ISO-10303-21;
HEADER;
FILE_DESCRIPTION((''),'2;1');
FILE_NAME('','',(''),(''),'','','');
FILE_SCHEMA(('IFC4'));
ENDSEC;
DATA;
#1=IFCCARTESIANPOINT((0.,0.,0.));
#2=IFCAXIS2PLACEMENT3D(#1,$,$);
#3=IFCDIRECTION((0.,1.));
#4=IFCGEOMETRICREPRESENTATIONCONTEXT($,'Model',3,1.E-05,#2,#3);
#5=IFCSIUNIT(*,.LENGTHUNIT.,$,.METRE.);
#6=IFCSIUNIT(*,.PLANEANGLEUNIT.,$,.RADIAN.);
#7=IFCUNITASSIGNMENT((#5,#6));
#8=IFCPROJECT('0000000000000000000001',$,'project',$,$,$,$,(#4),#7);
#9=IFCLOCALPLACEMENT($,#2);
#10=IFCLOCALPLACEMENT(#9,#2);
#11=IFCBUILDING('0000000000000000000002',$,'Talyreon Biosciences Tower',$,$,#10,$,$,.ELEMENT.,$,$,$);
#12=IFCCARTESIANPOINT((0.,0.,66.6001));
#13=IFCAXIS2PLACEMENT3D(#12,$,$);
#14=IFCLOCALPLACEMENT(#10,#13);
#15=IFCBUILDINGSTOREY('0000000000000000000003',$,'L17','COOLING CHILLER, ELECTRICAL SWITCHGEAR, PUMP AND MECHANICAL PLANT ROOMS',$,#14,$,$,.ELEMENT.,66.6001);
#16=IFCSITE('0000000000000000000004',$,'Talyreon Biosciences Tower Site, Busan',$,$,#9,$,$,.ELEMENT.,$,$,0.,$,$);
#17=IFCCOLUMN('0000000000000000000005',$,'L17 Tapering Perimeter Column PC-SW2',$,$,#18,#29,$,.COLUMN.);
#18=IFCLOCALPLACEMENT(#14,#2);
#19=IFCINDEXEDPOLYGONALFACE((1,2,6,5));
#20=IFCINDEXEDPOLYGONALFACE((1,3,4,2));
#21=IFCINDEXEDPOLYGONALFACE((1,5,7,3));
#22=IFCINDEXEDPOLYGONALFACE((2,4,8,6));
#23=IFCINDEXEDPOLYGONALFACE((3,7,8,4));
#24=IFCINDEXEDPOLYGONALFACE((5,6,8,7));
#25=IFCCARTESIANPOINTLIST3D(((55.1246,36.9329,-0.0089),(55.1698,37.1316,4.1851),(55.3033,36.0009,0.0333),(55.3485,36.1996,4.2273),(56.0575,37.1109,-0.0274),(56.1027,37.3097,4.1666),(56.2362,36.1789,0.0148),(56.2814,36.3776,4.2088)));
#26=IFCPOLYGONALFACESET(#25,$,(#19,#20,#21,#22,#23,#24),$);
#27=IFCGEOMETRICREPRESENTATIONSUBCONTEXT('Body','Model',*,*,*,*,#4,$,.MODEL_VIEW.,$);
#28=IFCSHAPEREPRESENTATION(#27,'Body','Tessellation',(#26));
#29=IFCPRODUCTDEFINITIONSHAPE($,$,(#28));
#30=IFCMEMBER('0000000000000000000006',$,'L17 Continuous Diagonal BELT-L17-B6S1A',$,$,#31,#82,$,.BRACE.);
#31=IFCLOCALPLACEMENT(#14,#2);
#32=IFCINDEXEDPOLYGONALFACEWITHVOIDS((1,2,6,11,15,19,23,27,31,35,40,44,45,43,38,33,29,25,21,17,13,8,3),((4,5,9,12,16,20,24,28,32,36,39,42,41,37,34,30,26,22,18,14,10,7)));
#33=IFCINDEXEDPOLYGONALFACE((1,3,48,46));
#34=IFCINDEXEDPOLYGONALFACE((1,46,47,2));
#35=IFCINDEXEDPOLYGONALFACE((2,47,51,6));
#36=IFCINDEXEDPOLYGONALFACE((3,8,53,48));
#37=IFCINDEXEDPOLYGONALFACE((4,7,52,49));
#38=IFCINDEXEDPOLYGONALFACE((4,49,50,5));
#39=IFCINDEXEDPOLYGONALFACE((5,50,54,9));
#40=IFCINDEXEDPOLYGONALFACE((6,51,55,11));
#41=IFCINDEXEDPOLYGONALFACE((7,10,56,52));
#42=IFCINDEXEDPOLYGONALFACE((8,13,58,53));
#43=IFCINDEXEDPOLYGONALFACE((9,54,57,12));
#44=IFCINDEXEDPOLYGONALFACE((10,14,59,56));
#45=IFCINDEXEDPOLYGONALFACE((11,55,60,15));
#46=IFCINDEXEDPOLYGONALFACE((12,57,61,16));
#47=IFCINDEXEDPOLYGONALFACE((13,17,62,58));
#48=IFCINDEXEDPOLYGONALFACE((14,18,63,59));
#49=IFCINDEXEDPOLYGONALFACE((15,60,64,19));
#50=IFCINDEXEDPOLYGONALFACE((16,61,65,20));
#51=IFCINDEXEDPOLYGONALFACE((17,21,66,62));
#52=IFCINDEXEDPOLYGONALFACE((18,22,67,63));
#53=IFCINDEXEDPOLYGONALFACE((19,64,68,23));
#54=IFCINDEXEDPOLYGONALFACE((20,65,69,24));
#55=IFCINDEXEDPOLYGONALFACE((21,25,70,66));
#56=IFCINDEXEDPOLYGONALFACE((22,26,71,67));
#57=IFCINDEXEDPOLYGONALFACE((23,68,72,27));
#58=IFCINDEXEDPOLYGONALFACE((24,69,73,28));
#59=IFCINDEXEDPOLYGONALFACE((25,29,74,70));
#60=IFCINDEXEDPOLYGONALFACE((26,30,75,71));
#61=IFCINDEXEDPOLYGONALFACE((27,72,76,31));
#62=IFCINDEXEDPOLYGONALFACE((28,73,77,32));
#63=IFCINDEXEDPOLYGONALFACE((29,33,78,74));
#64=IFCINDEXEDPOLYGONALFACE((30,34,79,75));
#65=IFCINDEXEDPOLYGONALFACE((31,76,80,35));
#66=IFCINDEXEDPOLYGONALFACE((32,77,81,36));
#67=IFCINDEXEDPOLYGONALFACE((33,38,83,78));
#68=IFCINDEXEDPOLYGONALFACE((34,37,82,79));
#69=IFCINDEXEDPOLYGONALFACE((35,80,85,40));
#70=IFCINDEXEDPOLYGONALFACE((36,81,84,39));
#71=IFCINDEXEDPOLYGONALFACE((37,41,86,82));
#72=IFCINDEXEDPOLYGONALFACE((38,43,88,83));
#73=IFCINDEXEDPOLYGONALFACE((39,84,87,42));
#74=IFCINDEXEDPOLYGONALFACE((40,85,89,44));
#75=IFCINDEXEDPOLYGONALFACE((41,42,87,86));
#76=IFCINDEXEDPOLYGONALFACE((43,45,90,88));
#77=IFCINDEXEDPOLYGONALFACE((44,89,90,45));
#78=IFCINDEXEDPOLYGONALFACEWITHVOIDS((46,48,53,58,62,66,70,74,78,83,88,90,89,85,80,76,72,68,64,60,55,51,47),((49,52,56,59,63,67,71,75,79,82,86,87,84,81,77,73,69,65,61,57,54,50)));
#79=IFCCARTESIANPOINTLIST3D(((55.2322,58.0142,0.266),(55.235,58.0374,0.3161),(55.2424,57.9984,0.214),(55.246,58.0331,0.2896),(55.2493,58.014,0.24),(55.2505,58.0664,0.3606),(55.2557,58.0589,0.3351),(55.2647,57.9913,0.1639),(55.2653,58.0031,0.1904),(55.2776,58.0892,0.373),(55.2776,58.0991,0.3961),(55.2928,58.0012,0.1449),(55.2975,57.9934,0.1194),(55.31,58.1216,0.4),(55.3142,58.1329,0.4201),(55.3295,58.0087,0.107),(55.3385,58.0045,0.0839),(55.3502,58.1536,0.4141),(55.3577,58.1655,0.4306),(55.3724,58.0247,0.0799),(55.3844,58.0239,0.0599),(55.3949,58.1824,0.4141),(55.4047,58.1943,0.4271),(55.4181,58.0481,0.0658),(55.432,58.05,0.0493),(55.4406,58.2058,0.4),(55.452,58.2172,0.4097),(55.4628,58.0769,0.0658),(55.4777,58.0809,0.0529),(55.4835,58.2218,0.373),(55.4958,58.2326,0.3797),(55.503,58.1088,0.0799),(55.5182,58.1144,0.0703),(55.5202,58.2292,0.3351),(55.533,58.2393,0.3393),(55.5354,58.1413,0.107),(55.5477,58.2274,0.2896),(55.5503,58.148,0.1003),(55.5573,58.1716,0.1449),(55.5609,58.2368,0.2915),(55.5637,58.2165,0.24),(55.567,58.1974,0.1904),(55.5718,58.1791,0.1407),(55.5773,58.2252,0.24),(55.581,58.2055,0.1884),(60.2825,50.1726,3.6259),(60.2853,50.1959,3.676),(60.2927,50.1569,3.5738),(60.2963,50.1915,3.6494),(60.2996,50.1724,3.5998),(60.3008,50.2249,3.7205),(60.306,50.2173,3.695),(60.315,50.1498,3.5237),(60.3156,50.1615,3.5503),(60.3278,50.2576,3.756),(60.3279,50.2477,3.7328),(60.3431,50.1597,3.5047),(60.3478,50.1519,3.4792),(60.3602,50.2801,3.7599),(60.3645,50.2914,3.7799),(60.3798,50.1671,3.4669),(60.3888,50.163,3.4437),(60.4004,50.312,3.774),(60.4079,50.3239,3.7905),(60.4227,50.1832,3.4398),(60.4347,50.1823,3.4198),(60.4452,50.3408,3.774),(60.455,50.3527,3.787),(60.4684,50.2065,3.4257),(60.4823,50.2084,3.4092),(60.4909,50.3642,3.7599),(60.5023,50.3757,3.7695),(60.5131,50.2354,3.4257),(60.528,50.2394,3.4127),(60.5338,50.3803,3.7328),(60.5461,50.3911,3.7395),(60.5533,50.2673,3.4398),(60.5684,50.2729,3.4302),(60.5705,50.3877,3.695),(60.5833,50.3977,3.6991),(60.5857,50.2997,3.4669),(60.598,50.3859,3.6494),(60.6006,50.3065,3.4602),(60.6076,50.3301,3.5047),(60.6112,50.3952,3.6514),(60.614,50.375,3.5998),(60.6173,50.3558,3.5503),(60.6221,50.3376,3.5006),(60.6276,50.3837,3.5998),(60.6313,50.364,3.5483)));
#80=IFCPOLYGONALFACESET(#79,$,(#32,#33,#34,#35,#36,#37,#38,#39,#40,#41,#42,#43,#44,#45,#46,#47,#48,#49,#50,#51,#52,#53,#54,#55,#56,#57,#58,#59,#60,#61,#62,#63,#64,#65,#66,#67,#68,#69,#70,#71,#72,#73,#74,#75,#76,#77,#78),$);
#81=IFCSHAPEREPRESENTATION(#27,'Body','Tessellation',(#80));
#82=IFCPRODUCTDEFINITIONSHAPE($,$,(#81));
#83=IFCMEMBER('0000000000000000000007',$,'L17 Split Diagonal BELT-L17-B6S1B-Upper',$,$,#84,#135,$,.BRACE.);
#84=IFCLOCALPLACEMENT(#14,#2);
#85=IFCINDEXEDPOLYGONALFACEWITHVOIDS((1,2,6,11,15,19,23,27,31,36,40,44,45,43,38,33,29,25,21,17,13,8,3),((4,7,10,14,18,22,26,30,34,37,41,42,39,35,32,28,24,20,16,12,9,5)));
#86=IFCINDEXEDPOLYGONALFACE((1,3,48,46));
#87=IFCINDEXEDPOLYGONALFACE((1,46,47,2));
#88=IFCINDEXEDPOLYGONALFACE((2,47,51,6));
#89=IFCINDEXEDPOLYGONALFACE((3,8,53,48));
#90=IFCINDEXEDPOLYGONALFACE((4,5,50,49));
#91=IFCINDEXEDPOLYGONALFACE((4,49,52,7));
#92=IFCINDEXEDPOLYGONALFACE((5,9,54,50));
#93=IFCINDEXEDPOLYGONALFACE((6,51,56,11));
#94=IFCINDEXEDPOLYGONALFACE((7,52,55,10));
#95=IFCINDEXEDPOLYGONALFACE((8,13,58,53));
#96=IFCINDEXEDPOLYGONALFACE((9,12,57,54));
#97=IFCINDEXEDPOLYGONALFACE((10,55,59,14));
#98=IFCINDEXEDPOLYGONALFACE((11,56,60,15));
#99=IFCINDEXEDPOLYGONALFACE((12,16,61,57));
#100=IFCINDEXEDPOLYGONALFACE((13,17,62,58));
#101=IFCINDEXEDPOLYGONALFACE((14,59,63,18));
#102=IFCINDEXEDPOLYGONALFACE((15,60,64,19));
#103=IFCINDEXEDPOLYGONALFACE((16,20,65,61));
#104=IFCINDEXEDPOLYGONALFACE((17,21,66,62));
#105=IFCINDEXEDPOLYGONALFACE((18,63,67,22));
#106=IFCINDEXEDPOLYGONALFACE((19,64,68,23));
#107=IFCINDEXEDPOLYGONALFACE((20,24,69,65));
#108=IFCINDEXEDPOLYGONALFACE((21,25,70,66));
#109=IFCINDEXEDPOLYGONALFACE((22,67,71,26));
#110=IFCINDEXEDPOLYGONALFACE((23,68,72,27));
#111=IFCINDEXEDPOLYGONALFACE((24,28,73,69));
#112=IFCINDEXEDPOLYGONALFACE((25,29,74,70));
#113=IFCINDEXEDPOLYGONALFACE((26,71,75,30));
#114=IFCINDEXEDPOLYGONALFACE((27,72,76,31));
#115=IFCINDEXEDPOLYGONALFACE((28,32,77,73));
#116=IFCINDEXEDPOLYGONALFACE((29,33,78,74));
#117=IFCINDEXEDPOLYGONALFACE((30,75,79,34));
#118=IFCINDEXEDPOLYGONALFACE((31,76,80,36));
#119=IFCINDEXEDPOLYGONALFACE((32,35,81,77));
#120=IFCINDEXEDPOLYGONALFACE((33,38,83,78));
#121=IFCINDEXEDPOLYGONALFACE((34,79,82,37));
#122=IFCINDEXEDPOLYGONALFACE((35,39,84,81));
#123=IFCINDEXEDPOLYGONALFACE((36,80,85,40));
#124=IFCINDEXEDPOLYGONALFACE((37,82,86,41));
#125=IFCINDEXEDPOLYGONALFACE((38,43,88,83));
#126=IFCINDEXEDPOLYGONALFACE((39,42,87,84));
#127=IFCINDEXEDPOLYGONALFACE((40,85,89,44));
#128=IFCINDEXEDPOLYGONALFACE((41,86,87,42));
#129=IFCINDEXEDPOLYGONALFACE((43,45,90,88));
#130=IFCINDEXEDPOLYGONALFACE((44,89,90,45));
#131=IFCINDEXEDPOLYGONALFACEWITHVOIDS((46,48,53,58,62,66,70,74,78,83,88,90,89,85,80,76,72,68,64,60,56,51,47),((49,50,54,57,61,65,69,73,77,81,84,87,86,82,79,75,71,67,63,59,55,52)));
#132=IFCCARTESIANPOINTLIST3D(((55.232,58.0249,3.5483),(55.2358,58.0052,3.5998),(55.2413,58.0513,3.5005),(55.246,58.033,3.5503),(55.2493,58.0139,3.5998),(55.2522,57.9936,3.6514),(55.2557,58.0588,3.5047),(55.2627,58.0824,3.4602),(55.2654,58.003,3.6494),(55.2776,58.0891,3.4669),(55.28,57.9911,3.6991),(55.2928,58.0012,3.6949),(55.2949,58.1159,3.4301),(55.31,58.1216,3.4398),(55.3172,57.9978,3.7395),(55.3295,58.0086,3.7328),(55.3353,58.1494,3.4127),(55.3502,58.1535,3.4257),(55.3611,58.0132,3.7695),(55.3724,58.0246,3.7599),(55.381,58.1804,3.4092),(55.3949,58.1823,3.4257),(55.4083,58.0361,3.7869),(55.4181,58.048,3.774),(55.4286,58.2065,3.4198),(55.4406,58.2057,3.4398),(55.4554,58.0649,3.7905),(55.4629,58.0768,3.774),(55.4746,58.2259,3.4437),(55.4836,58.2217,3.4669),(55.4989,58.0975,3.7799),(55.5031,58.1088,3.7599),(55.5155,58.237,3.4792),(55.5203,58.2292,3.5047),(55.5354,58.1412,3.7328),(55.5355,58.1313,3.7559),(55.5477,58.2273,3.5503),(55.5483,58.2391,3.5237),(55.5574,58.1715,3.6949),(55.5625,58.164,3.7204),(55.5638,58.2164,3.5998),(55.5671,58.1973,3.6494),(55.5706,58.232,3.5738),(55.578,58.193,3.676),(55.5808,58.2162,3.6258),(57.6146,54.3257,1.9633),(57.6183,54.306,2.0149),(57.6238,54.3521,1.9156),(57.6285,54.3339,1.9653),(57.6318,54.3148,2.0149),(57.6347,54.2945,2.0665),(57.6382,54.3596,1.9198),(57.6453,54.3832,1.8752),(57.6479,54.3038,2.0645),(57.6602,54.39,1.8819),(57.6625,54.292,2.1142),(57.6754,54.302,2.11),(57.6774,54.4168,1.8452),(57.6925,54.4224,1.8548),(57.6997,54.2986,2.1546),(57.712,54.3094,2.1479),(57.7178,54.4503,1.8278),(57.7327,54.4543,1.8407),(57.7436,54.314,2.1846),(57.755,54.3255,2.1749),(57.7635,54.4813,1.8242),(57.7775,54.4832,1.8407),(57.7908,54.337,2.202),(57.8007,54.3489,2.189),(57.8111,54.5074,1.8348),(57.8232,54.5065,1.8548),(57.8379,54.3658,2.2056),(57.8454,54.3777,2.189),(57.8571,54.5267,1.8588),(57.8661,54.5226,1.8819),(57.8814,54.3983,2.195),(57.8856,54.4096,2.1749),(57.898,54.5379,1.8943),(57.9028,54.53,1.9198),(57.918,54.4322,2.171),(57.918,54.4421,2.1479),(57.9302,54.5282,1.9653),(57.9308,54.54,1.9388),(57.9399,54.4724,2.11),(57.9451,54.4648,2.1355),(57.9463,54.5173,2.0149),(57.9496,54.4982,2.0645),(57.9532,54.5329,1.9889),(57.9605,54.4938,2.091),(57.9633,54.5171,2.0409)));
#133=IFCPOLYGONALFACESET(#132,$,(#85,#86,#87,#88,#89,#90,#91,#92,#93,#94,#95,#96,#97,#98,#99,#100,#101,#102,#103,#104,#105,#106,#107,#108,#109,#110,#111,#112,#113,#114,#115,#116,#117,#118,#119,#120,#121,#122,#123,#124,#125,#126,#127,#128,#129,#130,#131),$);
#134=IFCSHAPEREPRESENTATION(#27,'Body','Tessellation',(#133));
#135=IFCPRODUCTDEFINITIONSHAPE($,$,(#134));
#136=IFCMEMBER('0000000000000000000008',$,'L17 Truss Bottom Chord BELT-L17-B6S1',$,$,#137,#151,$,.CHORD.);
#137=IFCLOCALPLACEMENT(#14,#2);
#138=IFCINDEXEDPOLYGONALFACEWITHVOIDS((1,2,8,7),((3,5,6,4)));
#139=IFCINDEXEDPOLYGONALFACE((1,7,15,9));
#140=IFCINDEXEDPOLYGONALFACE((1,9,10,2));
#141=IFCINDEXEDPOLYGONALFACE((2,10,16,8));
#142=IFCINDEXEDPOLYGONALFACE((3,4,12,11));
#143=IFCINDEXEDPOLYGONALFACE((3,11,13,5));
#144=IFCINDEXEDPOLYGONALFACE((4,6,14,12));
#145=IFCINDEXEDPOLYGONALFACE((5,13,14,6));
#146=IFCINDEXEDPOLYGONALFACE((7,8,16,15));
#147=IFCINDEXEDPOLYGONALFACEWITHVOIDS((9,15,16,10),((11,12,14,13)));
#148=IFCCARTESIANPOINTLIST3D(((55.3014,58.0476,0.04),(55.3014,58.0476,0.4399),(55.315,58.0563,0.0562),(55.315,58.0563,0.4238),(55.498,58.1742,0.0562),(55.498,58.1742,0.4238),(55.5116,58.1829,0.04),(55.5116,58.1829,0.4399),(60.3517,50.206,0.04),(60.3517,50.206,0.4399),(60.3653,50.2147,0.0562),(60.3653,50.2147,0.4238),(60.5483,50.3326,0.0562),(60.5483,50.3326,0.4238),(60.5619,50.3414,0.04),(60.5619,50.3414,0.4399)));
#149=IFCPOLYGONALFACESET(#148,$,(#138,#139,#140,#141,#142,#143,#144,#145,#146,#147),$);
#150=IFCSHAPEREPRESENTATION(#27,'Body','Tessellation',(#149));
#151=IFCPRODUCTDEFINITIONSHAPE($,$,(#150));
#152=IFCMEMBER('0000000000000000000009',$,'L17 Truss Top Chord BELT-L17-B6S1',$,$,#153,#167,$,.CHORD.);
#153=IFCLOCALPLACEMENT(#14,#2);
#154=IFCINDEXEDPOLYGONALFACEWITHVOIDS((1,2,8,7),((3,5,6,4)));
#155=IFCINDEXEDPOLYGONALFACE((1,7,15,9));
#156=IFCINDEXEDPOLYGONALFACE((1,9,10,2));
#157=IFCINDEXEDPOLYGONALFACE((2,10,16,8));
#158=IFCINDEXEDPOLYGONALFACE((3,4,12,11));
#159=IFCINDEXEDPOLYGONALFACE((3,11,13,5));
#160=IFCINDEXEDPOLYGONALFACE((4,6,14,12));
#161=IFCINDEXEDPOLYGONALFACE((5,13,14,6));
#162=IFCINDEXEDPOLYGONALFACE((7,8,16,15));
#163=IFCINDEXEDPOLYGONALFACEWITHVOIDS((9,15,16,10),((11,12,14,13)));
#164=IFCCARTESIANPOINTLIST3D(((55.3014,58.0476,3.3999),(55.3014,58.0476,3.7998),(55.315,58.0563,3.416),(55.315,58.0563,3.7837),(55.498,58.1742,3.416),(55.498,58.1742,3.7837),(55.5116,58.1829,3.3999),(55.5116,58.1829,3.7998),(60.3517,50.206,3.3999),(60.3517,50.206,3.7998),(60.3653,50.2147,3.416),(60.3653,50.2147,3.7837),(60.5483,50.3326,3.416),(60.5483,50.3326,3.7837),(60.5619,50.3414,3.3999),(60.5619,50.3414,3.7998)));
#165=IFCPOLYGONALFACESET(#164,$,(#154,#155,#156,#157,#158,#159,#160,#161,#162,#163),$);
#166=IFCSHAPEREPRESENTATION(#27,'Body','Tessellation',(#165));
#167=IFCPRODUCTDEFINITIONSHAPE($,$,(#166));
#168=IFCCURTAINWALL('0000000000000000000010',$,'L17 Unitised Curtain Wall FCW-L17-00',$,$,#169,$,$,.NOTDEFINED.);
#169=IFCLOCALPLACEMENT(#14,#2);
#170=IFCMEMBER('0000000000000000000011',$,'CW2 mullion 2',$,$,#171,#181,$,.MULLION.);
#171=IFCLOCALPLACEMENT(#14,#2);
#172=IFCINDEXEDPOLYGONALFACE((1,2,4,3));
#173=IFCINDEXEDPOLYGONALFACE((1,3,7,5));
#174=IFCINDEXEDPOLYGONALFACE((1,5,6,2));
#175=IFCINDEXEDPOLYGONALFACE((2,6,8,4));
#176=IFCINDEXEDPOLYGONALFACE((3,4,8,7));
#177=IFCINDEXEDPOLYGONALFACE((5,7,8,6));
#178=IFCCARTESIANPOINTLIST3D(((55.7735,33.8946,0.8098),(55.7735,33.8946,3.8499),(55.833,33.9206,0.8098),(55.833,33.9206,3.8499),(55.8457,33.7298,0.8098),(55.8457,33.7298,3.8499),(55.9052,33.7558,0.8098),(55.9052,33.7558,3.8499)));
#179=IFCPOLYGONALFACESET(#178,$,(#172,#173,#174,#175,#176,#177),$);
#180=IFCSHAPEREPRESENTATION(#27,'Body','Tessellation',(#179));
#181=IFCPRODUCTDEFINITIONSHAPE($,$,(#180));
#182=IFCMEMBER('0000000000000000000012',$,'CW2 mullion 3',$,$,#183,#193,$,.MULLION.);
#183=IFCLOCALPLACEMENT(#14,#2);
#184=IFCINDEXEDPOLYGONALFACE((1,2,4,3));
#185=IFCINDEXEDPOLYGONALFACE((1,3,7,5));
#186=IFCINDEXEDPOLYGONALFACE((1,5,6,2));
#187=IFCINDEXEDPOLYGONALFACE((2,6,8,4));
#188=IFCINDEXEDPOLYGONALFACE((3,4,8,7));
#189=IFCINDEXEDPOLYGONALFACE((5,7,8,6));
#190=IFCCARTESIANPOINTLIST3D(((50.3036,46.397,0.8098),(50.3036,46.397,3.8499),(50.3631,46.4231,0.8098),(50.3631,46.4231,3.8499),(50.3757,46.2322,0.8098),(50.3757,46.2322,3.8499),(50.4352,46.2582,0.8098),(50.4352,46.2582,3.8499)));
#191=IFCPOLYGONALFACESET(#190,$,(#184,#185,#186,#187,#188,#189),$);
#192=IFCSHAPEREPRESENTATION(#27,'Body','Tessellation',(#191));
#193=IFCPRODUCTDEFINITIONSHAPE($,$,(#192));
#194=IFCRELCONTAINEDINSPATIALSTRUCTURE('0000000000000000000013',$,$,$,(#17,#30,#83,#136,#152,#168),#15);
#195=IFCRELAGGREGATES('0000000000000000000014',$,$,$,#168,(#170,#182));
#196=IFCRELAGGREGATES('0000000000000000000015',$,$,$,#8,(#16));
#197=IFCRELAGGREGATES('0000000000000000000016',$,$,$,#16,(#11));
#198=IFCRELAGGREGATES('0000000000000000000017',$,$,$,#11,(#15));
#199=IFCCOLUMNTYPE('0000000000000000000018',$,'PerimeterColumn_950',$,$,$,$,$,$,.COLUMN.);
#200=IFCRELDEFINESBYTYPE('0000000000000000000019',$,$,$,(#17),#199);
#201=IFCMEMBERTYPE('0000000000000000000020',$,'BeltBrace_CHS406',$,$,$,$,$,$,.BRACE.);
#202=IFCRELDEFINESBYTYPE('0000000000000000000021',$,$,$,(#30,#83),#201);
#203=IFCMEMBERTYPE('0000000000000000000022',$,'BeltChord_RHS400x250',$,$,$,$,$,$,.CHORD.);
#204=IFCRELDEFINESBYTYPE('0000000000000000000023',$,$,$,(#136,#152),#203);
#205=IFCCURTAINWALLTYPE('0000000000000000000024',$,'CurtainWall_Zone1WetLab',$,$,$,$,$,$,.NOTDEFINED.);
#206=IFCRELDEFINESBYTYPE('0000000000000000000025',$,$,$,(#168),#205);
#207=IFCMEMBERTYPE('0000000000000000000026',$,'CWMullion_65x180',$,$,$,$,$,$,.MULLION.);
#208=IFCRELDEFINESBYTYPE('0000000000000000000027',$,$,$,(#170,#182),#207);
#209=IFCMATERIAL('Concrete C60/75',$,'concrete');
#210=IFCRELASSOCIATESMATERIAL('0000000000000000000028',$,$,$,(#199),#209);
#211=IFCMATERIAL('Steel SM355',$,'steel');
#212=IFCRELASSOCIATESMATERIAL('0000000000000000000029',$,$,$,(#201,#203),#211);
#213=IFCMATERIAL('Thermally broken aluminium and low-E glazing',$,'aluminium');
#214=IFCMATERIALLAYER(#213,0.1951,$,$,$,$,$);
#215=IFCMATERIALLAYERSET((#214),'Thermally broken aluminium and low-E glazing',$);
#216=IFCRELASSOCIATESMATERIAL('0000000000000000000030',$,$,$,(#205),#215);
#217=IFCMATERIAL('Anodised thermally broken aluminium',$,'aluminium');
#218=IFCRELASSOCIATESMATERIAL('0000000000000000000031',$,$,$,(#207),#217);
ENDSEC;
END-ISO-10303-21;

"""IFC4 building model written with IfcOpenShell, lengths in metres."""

from ifc_helpers import new_model, si_unit, direction, frame, origin, origin_2d, place, context, subcontext, project, spatial, rectangle, hollow_rectangle, hollow_circle, extrude, material, layer, layer_set, material_profile, profile_set, type_object, element, aggregate, save


model = new_model("IFC4")

# Units and contexts
model_context = context("Model", 3, precision=1e-05, world=origin(), true_north=direction((0.0, 1.0)))
body_context = subcontext(model_context, "Body", "Model", "MODEL_VIEW")
ifc_project = project(units=[si_unit("LENGTHUNIT", "METRE"), si_unit("PLANEANGLEUNIT", "RADIAN")], contexts=[model_context])

# Site, building, storey
site_placement = place(None, origin())
site = spatial("IfcSite", under=ifc_project, at=site_placement, Name="Talyreon Biosciences Tower Site, Busan", CompositionType="ELEMENT", RefElevation=0.0)
building_placement = place(site_placement, origin())
building = spatial("IfcBuilding", under=site, at=building_placement, Name="Talyreon Biosciences Tower", CompositionType="ELEMENT")
storey_placement = place(building_placement, frame((0.0, 0.0, 66.6001)))
storey = spatial("IfcBuildingStorey", under=building, at=storey_placement, Name="L17", Description="COOLING CHILLER, ELECTRICAL SWITCHGEAR, PUMP AND MECHANICAL PLANT ROOMS", CompositionType="ELEMENT", Elevation=66.6001)

# Column
ifc_material_1 = material(Name="Concrete C60/75", Category="concrete")
ifc_material_profile_1 = material_profile(ifc_material_1, rectangle(XDim=0.95, YDim=0.95, at=origin_2d()), Name="RC 950x950")
ifc_profile_set_1 = profile_set([ifc_material_profile_1], Name="Concrete C60/75")
column_type = type_object("IfcColumnType", Name="PerimeterColumn_950", PredefinedType="COLUMN", material=ifc_profile_set_1)
column_placement = place(storey_placement, frame((55.6804, 36.5559, 0.0029), z_axis=(0.010756, 0.047328, 0.998822), x_axis=(-0.188113, 0.98114, -0.044464)))
element("IfcColumn", 1, at=column_placement, inside=storey, type_object=column_type, Name="L17 Tapering Perimeter Column PC-SW2", PredefinedType="COLUMN", context=body_context, shape_type="SweptSolid", body=[
    extrude(rectangle(XDim=0.95, YDim=0.95, at=origin_2d()), origin(), (0.0, 0.0, 1.0), 4.199),
])

# Members
ifc_material_2 = material(Name="Steel SM355", Category="steel")
ifc_material_profile_2 = material_profile(ifc_material_2, hollow_circle(Radius=0.2031, WallThickness=0.0161, at=origin_2d()), Name="CHS 406.4x16")
ifc_profile_set_2 = profile_set([ifc_material_profile_2], Name="Steel SM355")
member_type_1 = type_object("IfcMemberType", Name="BeltBrace_CHS406", PredefinedType="BRACE", material=ifc_profile_set_2)
member_1_placement = place(storey_placement, frame((55.4065, 58.1152, 0.24), z_axis=(0.509419, -0.790971, 0.338907), x_axis=(0.840725, 0.541463, 0.0)))
element("IfcMember", 2, at=member_1_placement, inside=storey, type_object=member_type_1, Name="L17 Continuous Diagonal BELT-L17-B6S1A", PredefinedType="BRACE", context=body_context, shape_type="SweptSolid", body=[
    extrude(hollow_circle(Radius=0.2031, WallThickness=0.0161, at=origin_2d()), origin(), (0.0, 0.0, 1.0), 9.9138),
])
member_2_placement = place(storey_placement, frame((57.7891, 54.416, 2.0149), z_axis=(-0.509438, 0.790963, 0.338895), x_axis=(-0.840713, -0.541481, 0.0)))
element("IfcMember", 3, at=member_2_placement, inside=storey, type_object=member_type_1, Name="L17 Split Diagonal BELT-L17-B6S1B-Upper", PredefinedType="BRACE", context=body_context, shape_type="SweptSolid", body=[
    extrude(hollow_circle(Radius=0.2031, WallThickness=0.0161, at=origin_2d()), origin(), (0.0, 0.0, 1.0), 4.6768),
])
ifc_material_profile_3 = material_profile(ifc_material_2, hollow_rectangle(XDim=0.25, YDim=0.3999, WallThickness=0.0161, at=origin_2d()), Name="RHS 400x250x16")
ifc_profile_set_3 = profile_set([ifc_material_profile_3], Name="Steel SM355")
member_type_2 = type_object("IfcMemberType", Name="BeltChord_RHS400x250", PredefinedType="CHORD", material=ifc_profile_set_3)
for number, where, z_axis, x_axis, name in (
    (4, (55.4065, 58.1152, 0.24), (0.541463, -0.840725, 0.0), (0.840725, 0.541463, 0.0), "L17 Truss Bottom Chord BELT-L17-B6S1"),
    (5, (55.4065, 58.1152, 3.5999), (0.541463, -0.840725, 0.0), (0.840725, 0.541463, 0.0), "L17 Truss Top Chord BELT-L17-B6S1"),
):
    element("IfcMember", number, at=place(storey_placement, frame(where, z_axis=z_axis, x_axis=x_axis)), inside=storey, type_object=member_type_2, Name=name, PredefinedType="CHORD", context=body_context, shape_type="SweptSolid", body=[
        extrude(hollow_rectangle(XDim=0.25, YDim=0.3999, WallThickness=0.0161, at=origin_2d()), origin(), (0.0, 0.0, 1.0), 9.3271),
    ])

# Curtain wall, members
ifc_material_3 = material(Name="Thermally broken aluminium and low-E glazing", Category="aluminium")
ifc_layer_1 = layer(ifc_material_3, 0.1951)
ifc_layer_set_1 = layer_set([ifc_layer_1], Name="Thermally broken aluminium and low-E glazing")
curtain_wall_type = type_object("IfcCurtainWallType", Name="CurtainWall_Zone1WetLab", PredefinedType="NOTDEFINED", material=ifc_layer_set_1)
curtain_wall_placement = place(storey_placement, origin())
curtain_wall = element("IfcCurtainWall", 6, at=curtain_wall_placement, inside=storey, type_object=curtain_wall_type, Name="L17 Unitised Curtain Wall FCW-L17-00", PredefinedType="NOTDEFINED")
ifc_material_4 = material(Name="Anodised thermally broken aluminium", Category="aluminium")
ifc_material_profile_4 = material_profile(ifc_material_4, rectangle(XDim=0.0649, YDim=0.1799, at=origin_2d()), Name="ALUM MULLION 65x180")
ifc_profile_set_4 = profile_set([ifc_material_profile_4], Name="Anodised thermally broken aluminium")
member_type_3 = type_object("IfcMemberType", Name="CWMullion_65x180", PredefinedType="MULLION", material=ifc_profile_set_4)
member_3_placement = place(storey_placement, frame((55.8394, 33.8252, 0.8098), z_axis=(0.0, 0.0, 1.0), x_axis=(-0.916152, -0.400831, 0.0)))
member_3 = element("IfcMember", 7, at=member_3_placement, type_object=member_type_3, Name="CW2 mullion 2", PredefinedType="MULLION", context=body_context, shape_type="SweptSolid", body=[
    extrude(rectangle(XDim=0.0649, YDim=0.1799, at=origin_2d()), origin(), (0.0, 0.0, 1.0), 3.04),
])
member_4_placement = place(storey_placement, frame((50.3694, 46.3276, 0.8098), z_axis=(0.0, 0.0, 1.0), x_axis=(-0.916152, -0.400831, 0.0)))
member_4 = element("IfcMember", 8, at=member_4_placement, type_object=member_type_3, Name="CW2 mullion 3", PredefinedType="MULLION", context=body_context, shape_type="SweptSolid", body=[
    extrude(rectangle(XDim=0.0649, YDim=0.1799, at=origin_2d()), origin(), (0.0, 0.0, 1.0), 3.04),
])

aggregate(curtain_wall, [member_3, member_4])

save(model, "model.ifc")
